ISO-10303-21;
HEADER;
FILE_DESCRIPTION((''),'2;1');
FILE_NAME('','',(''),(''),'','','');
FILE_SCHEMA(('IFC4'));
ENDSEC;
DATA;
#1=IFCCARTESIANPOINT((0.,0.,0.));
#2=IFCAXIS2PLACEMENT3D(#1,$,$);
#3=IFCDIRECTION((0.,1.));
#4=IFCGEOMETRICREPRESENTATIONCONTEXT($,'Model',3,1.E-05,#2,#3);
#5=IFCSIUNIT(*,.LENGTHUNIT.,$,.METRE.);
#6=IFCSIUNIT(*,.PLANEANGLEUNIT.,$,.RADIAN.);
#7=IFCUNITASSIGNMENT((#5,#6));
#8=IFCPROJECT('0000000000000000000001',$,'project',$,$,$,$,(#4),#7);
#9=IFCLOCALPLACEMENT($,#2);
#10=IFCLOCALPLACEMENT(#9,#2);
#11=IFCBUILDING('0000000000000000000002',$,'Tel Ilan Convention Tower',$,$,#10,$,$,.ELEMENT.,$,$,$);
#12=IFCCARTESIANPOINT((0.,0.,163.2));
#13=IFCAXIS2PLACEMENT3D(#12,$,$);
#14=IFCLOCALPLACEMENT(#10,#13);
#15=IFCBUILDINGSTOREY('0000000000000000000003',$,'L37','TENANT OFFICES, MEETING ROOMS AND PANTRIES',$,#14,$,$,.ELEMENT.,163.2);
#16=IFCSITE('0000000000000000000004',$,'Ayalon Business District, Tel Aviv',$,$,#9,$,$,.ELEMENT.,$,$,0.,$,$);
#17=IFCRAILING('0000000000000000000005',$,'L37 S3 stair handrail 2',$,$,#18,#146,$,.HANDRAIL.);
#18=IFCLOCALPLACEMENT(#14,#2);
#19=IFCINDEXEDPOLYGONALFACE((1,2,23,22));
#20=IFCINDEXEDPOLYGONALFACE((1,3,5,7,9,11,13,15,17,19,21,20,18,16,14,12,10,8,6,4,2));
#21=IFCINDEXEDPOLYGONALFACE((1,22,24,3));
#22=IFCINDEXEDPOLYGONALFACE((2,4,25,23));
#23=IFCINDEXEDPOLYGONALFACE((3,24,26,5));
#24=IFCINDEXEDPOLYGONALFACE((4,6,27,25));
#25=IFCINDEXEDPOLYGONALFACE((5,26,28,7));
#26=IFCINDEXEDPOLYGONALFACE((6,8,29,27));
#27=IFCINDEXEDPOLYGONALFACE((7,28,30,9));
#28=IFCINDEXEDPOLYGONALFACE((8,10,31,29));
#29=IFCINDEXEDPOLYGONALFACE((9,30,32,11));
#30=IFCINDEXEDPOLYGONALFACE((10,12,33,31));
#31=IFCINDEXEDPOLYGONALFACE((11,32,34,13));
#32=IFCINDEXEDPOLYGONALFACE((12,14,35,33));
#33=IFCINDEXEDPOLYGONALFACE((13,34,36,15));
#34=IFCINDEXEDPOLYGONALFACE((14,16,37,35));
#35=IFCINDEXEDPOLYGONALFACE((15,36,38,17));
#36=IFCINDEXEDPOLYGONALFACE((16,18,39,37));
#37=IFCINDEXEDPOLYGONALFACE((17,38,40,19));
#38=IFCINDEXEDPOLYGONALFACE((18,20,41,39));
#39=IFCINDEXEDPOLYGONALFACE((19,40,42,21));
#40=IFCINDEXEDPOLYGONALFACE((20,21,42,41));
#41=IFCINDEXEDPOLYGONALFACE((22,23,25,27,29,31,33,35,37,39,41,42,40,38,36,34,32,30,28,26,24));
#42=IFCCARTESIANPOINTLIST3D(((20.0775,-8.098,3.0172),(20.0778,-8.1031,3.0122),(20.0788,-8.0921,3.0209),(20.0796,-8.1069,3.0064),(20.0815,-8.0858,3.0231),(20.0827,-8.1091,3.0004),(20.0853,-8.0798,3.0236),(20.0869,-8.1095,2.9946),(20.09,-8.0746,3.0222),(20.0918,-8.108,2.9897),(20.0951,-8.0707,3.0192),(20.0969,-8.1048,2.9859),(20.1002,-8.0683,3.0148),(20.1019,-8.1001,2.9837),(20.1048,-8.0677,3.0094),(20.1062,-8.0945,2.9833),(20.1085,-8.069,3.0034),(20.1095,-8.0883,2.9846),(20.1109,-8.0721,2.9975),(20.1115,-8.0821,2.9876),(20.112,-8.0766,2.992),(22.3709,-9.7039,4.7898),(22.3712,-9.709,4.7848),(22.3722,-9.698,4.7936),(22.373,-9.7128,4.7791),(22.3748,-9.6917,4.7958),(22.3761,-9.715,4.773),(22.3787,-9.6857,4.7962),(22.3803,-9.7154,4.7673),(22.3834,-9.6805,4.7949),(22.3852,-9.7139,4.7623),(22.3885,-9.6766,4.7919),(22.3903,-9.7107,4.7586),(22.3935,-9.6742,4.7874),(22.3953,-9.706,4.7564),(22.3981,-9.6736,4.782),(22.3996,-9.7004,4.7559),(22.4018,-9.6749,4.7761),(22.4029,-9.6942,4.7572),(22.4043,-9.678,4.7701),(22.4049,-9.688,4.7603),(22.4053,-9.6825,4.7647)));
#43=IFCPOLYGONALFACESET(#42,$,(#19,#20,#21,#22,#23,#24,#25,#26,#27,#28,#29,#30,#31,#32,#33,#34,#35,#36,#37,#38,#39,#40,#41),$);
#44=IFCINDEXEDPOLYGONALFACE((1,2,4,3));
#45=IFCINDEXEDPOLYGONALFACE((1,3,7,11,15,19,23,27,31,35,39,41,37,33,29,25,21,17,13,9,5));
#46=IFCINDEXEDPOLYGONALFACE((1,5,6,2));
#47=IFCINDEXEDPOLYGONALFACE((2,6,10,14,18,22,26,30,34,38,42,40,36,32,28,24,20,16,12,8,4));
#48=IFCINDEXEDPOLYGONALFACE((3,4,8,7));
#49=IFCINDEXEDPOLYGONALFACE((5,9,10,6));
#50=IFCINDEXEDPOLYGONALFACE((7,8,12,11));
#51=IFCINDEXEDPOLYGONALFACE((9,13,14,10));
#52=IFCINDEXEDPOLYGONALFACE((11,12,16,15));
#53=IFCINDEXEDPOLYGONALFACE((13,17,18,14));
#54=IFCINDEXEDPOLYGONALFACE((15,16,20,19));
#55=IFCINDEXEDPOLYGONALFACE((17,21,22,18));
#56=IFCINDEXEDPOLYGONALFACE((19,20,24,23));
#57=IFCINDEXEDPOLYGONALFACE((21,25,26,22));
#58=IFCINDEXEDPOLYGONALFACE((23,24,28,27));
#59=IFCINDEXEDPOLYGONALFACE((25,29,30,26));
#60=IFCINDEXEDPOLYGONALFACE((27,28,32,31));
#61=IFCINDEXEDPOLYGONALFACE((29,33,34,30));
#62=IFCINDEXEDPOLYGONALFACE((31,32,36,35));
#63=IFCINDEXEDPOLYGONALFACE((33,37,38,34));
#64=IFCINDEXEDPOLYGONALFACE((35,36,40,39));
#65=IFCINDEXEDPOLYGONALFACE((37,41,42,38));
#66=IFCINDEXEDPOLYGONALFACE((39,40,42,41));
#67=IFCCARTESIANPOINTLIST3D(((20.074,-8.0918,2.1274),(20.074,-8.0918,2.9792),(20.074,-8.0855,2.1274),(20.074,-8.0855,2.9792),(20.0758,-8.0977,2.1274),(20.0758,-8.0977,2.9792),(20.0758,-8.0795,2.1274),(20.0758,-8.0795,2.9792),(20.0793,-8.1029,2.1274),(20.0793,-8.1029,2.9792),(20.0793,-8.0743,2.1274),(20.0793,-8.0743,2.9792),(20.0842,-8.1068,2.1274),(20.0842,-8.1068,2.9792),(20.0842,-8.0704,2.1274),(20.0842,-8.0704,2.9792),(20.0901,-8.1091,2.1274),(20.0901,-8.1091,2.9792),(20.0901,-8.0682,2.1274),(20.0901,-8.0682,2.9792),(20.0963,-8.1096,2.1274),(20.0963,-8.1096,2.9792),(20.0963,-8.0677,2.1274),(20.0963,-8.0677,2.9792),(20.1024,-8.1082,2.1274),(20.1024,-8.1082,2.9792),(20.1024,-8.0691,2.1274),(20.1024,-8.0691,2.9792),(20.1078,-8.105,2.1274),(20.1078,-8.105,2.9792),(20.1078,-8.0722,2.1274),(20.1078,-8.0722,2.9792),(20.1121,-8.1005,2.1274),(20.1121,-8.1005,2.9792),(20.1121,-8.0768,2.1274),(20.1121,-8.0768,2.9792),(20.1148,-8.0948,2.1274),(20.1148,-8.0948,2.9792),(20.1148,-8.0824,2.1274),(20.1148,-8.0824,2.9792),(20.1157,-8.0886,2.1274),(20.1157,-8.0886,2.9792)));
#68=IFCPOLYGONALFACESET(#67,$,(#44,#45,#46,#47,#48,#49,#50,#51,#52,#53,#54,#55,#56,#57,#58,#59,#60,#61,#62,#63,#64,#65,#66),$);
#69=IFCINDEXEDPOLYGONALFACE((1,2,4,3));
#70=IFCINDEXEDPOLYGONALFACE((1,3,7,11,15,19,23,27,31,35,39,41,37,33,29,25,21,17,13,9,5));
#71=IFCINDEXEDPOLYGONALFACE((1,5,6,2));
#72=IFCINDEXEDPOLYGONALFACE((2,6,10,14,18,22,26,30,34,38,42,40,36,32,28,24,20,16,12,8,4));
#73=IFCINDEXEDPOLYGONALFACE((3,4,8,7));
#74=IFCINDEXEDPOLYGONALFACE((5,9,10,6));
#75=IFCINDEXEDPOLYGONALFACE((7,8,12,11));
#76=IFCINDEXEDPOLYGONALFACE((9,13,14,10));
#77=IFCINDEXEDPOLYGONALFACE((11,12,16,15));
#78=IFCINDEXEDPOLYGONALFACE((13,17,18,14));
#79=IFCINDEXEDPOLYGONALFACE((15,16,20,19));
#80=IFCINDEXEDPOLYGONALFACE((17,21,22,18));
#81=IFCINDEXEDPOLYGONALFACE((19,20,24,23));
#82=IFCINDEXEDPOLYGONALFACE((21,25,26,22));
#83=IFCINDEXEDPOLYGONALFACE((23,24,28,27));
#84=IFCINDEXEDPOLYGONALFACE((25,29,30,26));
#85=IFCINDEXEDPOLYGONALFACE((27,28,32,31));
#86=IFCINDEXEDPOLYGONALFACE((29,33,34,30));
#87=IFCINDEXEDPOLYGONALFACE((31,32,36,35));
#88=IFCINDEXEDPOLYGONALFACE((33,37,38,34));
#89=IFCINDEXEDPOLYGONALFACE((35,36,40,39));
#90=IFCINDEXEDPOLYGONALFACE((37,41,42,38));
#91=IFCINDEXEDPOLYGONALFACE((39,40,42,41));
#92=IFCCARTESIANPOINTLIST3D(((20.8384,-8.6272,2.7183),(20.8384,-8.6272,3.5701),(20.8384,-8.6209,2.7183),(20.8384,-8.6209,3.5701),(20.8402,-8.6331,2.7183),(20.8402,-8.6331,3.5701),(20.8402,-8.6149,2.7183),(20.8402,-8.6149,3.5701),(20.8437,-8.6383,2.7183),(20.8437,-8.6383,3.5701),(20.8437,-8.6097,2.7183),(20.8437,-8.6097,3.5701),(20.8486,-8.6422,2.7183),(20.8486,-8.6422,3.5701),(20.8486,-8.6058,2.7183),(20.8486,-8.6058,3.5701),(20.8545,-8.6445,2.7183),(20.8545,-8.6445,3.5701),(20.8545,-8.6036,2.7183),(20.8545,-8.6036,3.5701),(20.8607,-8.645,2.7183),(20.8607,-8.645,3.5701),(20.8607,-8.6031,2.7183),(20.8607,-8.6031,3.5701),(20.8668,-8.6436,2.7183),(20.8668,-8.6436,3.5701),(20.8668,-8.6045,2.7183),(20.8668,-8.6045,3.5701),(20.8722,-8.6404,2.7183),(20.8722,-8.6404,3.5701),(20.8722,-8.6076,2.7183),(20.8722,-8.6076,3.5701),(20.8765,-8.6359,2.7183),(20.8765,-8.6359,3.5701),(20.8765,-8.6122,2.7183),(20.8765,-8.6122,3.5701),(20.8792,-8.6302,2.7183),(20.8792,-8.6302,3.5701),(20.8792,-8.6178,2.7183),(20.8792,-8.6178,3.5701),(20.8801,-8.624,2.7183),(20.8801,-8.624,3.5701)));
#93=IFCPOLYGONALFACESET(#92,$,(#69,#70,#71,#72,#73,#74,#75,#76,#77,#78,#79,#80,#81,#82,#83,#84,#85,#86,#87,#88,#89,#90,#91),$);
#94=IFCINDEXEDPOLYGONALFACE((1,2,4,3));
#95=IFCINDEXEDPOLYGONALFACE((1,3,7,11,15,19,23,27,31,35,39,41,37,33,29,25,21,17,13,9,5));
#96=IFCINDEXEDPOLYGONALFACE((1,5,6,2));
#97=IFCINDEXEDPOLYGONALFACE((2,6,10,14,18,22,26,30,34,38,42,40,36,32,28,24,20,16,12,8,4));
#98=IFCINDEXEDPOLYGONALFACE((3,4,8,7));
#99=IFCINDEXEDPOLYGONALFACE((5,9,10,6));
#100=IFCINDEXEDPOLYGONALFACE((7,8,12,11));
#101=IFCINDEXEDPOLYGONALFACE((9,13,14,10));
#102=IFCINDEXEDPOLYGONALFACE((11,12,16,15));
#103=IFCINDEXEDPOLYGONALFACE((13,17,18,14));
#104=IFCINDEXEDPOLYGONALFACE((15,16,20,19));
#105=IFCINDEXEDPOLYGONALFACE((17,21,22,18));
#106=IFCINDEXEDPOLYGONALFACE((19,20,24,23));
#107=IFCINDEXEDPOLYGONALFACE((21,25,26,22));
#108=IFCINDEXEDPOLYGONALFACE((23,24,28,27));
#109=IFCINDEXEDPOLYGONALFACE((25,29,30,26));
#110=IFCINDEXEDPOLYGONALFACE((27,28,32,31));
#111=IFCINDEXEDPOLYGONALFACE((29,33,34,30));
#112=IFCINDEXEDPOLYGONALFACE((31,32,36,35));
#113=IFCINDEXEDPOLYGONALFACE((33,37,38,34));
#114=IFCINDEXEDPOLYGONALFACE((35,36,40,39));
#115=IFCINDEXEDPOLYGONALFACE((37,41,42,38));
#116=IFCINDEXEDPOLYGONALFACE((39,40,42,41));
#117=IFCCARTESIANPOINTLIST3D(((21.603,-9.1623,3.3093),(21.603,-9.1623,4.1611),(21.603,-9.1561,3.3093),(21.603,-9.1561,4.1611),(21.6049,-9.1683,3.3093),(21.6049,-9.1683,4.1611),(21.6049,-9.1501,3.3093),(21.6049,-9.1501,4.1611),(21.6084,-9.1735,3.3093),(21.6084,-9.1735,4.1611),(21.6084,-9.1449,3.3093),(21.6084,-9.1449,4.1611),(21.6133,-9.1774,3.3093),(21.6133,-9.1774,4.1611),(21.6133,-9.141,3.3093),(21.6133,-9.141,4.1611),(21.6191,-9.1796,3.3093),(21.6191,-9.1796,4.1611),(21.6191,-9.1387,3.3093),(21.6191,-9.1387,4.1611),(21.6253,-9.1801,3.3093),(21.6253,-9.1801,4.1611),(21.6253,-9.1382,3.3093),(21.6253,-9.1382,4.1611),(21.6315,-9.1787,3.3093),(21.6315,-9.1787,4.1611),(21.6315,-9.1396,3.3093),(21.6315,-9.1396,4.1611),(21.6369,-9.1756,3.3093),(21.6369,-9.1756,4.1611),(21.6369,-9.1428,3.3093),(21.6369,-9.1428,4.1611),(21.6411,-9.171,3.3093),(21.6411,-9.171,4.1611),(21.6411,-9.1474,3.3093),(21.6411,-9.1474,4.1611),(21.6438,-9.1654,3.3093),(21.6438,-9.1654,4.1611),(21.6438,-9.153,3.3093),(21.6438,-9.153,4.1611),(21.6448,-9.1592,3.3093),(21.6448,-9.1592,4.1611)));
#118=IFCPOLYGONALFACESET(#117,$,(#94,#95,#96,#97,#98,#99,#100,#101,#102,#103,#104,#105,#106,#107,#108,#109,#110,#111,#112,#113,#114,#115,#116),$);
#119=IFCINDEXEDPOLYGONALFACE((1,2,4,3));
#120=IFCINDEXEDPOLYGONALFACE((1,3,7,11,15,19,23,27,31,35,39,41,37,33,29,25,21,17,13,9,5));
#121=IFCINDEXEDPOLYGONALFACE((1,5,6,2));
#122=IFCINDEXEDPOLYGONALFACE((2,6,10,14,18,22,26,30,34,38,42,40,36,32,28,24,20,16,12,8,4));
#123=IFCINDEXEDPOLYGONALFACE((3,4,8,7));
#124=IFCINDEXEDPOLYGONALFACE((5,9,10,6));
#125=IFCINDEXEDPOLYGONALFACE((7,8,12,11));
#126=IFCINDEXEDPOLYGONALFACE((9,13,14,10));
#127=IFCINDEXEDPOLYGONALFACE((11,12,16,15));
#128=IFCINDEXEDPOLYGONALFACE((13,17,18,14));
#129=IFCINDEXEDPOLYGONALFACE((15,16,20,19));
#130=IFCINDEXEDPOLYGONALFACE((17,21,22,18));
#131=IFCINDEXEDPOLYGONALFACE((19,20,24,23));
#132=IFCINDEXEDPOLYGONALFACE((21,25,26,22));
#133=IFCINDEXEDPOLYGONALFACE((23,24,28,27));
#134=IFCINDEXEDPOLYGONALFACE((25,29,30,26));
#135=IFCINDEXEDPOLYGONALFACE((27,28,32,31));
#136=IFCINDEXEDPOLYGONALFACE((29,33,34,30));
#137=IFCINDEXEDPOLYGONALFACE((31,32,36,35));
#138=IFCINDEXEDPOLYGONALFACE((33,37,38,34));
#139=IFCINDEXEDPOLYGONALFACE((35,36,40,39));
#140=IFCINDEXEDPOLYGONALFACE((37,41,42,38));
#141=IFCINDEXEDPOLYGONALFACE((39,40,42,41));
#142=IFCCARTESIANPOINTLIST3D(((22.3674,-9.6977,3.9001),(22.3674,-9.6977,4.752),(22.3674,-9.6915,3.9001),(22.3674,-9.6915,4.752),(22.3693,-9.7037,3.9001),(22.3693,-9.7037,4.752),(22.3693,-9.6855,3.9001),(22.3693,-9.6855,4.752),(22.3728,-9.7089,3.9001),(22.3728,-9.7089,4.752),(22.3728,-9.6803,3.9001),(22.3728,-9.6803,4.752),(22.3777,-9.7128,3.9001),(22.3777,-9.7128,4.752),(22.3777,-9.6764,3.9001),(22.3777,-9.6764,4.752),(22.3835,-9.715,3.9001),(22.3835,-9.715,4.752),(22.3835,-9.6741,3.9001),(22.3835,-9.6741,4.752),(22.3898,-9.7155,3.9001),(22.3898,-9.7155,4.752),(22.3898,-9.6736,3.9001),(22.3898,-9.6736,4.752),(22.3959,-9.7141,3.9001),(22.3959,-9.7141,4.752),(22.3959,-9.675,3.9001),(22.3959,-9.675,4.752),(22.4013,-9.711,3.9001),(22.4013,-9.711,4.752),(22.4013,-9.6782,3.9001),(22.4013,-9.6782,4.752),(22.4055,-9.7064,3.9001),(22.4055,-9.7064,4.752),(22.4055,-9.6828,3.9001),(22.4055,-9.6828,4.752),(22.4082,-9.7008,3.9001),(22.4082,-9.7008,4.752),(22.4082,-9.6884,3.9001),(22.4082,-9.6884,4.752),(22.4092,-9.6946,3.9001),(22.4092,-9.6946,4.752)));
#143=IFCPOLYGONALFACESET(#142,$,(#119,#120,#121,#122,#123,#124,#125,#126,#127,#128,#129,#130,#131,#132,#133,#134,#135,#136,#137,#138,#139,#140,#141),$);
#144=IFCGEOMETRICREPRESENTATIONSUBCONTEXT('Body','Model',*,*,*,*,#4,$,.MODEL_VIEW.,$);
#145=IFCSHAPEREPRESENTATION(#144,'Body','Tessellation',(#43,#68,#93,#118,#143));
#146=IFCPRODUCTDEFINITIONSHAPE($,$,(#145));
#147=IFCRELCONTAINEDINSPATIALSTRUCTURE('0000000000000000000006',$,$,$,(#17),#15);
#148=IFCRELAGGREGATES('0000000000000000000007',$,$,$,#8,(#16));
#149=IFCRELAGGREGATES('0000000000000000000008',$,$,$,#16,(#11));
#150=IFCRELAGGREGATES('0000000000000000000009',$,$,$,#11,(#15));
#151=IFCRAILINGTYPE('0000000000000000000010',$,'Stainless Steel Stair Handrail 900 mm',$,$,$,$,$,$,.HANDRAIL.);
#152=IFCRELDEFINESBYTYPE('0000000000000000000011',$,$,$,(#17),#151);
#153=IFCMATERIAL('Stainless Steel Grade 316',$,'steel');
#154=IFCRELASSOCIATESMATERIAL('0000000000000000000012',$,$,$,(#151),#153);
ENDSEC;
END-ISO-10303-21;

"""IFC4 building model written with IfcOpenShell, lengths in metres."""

from ifc_helpers import new_model, si_unit, direction, frame, origin, origin_2d, place, context, subcontext, project, spatial, circle, extrude, material, type_object, element, save


model = new_model("IFC4")

# Units and contexts
model_context = context("Model", 3, precision=1e-05, world=origin(), true_north=direction((0.0, 1.0)))
body_context = subcontext(model_context, "Body", "Model", "MODEL_VIEW")
ifc_project = project(units=[si_unit("LENGTHUNIT", "METRE"), si_unit("PLANEANGLEUNIT", "RADIAN")], contexts=[model_context])

# Site, building, storey
site_placement = place(None, origin())
site = spatial("IfcSite", under=ifc_project, at=site_placement, Name="Ayalon Business District, Tel Aviv", CompositionType="ELEMENT", RefElevation=0.0)
building_placement = place(site_placement, origin())
building = spatial("IfcBuilding", under=site, at=building_placement, Name="Tel Ilan Convention Tower", CompositionType="ELEMENT")
storey_placement = place(building_placement, frame((0.0, 0.0, 163.2)))
storey = spatial("IfcBuildingStorey", under=building, at=storey_placement, Name="L37", Description="TENANT OFFICES, MEETING ROOMS AND PANTRIES", CompositionType="ELEMENT", Elevation=163.2)

# Railing
ifc_material_1 = material(Name="Stainless Steel Grade 316", Category="steel")
railing_type_1 = type_object("IfcRailingType", Name="Stainless Steel Stair Handrail 900 mm", PredefinedType="HANDRAIL", material=ifc_material_1)
railing_1_placement = place(storey_placement, frame((20.0947, -8.0886, 2.1274)))
element("IfcRailing", 1, at=railing_1_placement, inside=storey, type_object=railing_type_1, Name="L37 S3 stair handrail 2", PredefinedType="HANDRAIL", context=body_context, shape_type="SweptSolid", body=[
    extrude(circle(Radius=0.0239, at=origin_2d()), frame((0.0, 0.0, 0.876), z_axis=(0.692085, -0.484621, 0.53494), x_axis=(0.573591, 0.819142, 0.0)), (0.0, 0.0, 1.0), 3.3137),
    extrude(circle(Radius=0.021, at=origin_2d()), origin(), (0.0, 0.0, 1.0), 0.8518),
    extrude(circle(Radius=0.021, at=origin_2d()), frame((0.7644, -0.5354, 0.5908)), (0.0, 0.0, 1.0), 0.8518),
    extrude(circle(Radius=0.021, at=origin_2d()), frame((1.5291, -1.0706, 1.1819)), (0.0, 0.0, 1.0), 0.8518),
    extrude(circle(Radius=0.021, at=origin_2d()), frame((2.2935, -1.606, 1.7727)), (0.0, 0.0, 1.0), 0.8518),
])

save(model, "model.ifc")
